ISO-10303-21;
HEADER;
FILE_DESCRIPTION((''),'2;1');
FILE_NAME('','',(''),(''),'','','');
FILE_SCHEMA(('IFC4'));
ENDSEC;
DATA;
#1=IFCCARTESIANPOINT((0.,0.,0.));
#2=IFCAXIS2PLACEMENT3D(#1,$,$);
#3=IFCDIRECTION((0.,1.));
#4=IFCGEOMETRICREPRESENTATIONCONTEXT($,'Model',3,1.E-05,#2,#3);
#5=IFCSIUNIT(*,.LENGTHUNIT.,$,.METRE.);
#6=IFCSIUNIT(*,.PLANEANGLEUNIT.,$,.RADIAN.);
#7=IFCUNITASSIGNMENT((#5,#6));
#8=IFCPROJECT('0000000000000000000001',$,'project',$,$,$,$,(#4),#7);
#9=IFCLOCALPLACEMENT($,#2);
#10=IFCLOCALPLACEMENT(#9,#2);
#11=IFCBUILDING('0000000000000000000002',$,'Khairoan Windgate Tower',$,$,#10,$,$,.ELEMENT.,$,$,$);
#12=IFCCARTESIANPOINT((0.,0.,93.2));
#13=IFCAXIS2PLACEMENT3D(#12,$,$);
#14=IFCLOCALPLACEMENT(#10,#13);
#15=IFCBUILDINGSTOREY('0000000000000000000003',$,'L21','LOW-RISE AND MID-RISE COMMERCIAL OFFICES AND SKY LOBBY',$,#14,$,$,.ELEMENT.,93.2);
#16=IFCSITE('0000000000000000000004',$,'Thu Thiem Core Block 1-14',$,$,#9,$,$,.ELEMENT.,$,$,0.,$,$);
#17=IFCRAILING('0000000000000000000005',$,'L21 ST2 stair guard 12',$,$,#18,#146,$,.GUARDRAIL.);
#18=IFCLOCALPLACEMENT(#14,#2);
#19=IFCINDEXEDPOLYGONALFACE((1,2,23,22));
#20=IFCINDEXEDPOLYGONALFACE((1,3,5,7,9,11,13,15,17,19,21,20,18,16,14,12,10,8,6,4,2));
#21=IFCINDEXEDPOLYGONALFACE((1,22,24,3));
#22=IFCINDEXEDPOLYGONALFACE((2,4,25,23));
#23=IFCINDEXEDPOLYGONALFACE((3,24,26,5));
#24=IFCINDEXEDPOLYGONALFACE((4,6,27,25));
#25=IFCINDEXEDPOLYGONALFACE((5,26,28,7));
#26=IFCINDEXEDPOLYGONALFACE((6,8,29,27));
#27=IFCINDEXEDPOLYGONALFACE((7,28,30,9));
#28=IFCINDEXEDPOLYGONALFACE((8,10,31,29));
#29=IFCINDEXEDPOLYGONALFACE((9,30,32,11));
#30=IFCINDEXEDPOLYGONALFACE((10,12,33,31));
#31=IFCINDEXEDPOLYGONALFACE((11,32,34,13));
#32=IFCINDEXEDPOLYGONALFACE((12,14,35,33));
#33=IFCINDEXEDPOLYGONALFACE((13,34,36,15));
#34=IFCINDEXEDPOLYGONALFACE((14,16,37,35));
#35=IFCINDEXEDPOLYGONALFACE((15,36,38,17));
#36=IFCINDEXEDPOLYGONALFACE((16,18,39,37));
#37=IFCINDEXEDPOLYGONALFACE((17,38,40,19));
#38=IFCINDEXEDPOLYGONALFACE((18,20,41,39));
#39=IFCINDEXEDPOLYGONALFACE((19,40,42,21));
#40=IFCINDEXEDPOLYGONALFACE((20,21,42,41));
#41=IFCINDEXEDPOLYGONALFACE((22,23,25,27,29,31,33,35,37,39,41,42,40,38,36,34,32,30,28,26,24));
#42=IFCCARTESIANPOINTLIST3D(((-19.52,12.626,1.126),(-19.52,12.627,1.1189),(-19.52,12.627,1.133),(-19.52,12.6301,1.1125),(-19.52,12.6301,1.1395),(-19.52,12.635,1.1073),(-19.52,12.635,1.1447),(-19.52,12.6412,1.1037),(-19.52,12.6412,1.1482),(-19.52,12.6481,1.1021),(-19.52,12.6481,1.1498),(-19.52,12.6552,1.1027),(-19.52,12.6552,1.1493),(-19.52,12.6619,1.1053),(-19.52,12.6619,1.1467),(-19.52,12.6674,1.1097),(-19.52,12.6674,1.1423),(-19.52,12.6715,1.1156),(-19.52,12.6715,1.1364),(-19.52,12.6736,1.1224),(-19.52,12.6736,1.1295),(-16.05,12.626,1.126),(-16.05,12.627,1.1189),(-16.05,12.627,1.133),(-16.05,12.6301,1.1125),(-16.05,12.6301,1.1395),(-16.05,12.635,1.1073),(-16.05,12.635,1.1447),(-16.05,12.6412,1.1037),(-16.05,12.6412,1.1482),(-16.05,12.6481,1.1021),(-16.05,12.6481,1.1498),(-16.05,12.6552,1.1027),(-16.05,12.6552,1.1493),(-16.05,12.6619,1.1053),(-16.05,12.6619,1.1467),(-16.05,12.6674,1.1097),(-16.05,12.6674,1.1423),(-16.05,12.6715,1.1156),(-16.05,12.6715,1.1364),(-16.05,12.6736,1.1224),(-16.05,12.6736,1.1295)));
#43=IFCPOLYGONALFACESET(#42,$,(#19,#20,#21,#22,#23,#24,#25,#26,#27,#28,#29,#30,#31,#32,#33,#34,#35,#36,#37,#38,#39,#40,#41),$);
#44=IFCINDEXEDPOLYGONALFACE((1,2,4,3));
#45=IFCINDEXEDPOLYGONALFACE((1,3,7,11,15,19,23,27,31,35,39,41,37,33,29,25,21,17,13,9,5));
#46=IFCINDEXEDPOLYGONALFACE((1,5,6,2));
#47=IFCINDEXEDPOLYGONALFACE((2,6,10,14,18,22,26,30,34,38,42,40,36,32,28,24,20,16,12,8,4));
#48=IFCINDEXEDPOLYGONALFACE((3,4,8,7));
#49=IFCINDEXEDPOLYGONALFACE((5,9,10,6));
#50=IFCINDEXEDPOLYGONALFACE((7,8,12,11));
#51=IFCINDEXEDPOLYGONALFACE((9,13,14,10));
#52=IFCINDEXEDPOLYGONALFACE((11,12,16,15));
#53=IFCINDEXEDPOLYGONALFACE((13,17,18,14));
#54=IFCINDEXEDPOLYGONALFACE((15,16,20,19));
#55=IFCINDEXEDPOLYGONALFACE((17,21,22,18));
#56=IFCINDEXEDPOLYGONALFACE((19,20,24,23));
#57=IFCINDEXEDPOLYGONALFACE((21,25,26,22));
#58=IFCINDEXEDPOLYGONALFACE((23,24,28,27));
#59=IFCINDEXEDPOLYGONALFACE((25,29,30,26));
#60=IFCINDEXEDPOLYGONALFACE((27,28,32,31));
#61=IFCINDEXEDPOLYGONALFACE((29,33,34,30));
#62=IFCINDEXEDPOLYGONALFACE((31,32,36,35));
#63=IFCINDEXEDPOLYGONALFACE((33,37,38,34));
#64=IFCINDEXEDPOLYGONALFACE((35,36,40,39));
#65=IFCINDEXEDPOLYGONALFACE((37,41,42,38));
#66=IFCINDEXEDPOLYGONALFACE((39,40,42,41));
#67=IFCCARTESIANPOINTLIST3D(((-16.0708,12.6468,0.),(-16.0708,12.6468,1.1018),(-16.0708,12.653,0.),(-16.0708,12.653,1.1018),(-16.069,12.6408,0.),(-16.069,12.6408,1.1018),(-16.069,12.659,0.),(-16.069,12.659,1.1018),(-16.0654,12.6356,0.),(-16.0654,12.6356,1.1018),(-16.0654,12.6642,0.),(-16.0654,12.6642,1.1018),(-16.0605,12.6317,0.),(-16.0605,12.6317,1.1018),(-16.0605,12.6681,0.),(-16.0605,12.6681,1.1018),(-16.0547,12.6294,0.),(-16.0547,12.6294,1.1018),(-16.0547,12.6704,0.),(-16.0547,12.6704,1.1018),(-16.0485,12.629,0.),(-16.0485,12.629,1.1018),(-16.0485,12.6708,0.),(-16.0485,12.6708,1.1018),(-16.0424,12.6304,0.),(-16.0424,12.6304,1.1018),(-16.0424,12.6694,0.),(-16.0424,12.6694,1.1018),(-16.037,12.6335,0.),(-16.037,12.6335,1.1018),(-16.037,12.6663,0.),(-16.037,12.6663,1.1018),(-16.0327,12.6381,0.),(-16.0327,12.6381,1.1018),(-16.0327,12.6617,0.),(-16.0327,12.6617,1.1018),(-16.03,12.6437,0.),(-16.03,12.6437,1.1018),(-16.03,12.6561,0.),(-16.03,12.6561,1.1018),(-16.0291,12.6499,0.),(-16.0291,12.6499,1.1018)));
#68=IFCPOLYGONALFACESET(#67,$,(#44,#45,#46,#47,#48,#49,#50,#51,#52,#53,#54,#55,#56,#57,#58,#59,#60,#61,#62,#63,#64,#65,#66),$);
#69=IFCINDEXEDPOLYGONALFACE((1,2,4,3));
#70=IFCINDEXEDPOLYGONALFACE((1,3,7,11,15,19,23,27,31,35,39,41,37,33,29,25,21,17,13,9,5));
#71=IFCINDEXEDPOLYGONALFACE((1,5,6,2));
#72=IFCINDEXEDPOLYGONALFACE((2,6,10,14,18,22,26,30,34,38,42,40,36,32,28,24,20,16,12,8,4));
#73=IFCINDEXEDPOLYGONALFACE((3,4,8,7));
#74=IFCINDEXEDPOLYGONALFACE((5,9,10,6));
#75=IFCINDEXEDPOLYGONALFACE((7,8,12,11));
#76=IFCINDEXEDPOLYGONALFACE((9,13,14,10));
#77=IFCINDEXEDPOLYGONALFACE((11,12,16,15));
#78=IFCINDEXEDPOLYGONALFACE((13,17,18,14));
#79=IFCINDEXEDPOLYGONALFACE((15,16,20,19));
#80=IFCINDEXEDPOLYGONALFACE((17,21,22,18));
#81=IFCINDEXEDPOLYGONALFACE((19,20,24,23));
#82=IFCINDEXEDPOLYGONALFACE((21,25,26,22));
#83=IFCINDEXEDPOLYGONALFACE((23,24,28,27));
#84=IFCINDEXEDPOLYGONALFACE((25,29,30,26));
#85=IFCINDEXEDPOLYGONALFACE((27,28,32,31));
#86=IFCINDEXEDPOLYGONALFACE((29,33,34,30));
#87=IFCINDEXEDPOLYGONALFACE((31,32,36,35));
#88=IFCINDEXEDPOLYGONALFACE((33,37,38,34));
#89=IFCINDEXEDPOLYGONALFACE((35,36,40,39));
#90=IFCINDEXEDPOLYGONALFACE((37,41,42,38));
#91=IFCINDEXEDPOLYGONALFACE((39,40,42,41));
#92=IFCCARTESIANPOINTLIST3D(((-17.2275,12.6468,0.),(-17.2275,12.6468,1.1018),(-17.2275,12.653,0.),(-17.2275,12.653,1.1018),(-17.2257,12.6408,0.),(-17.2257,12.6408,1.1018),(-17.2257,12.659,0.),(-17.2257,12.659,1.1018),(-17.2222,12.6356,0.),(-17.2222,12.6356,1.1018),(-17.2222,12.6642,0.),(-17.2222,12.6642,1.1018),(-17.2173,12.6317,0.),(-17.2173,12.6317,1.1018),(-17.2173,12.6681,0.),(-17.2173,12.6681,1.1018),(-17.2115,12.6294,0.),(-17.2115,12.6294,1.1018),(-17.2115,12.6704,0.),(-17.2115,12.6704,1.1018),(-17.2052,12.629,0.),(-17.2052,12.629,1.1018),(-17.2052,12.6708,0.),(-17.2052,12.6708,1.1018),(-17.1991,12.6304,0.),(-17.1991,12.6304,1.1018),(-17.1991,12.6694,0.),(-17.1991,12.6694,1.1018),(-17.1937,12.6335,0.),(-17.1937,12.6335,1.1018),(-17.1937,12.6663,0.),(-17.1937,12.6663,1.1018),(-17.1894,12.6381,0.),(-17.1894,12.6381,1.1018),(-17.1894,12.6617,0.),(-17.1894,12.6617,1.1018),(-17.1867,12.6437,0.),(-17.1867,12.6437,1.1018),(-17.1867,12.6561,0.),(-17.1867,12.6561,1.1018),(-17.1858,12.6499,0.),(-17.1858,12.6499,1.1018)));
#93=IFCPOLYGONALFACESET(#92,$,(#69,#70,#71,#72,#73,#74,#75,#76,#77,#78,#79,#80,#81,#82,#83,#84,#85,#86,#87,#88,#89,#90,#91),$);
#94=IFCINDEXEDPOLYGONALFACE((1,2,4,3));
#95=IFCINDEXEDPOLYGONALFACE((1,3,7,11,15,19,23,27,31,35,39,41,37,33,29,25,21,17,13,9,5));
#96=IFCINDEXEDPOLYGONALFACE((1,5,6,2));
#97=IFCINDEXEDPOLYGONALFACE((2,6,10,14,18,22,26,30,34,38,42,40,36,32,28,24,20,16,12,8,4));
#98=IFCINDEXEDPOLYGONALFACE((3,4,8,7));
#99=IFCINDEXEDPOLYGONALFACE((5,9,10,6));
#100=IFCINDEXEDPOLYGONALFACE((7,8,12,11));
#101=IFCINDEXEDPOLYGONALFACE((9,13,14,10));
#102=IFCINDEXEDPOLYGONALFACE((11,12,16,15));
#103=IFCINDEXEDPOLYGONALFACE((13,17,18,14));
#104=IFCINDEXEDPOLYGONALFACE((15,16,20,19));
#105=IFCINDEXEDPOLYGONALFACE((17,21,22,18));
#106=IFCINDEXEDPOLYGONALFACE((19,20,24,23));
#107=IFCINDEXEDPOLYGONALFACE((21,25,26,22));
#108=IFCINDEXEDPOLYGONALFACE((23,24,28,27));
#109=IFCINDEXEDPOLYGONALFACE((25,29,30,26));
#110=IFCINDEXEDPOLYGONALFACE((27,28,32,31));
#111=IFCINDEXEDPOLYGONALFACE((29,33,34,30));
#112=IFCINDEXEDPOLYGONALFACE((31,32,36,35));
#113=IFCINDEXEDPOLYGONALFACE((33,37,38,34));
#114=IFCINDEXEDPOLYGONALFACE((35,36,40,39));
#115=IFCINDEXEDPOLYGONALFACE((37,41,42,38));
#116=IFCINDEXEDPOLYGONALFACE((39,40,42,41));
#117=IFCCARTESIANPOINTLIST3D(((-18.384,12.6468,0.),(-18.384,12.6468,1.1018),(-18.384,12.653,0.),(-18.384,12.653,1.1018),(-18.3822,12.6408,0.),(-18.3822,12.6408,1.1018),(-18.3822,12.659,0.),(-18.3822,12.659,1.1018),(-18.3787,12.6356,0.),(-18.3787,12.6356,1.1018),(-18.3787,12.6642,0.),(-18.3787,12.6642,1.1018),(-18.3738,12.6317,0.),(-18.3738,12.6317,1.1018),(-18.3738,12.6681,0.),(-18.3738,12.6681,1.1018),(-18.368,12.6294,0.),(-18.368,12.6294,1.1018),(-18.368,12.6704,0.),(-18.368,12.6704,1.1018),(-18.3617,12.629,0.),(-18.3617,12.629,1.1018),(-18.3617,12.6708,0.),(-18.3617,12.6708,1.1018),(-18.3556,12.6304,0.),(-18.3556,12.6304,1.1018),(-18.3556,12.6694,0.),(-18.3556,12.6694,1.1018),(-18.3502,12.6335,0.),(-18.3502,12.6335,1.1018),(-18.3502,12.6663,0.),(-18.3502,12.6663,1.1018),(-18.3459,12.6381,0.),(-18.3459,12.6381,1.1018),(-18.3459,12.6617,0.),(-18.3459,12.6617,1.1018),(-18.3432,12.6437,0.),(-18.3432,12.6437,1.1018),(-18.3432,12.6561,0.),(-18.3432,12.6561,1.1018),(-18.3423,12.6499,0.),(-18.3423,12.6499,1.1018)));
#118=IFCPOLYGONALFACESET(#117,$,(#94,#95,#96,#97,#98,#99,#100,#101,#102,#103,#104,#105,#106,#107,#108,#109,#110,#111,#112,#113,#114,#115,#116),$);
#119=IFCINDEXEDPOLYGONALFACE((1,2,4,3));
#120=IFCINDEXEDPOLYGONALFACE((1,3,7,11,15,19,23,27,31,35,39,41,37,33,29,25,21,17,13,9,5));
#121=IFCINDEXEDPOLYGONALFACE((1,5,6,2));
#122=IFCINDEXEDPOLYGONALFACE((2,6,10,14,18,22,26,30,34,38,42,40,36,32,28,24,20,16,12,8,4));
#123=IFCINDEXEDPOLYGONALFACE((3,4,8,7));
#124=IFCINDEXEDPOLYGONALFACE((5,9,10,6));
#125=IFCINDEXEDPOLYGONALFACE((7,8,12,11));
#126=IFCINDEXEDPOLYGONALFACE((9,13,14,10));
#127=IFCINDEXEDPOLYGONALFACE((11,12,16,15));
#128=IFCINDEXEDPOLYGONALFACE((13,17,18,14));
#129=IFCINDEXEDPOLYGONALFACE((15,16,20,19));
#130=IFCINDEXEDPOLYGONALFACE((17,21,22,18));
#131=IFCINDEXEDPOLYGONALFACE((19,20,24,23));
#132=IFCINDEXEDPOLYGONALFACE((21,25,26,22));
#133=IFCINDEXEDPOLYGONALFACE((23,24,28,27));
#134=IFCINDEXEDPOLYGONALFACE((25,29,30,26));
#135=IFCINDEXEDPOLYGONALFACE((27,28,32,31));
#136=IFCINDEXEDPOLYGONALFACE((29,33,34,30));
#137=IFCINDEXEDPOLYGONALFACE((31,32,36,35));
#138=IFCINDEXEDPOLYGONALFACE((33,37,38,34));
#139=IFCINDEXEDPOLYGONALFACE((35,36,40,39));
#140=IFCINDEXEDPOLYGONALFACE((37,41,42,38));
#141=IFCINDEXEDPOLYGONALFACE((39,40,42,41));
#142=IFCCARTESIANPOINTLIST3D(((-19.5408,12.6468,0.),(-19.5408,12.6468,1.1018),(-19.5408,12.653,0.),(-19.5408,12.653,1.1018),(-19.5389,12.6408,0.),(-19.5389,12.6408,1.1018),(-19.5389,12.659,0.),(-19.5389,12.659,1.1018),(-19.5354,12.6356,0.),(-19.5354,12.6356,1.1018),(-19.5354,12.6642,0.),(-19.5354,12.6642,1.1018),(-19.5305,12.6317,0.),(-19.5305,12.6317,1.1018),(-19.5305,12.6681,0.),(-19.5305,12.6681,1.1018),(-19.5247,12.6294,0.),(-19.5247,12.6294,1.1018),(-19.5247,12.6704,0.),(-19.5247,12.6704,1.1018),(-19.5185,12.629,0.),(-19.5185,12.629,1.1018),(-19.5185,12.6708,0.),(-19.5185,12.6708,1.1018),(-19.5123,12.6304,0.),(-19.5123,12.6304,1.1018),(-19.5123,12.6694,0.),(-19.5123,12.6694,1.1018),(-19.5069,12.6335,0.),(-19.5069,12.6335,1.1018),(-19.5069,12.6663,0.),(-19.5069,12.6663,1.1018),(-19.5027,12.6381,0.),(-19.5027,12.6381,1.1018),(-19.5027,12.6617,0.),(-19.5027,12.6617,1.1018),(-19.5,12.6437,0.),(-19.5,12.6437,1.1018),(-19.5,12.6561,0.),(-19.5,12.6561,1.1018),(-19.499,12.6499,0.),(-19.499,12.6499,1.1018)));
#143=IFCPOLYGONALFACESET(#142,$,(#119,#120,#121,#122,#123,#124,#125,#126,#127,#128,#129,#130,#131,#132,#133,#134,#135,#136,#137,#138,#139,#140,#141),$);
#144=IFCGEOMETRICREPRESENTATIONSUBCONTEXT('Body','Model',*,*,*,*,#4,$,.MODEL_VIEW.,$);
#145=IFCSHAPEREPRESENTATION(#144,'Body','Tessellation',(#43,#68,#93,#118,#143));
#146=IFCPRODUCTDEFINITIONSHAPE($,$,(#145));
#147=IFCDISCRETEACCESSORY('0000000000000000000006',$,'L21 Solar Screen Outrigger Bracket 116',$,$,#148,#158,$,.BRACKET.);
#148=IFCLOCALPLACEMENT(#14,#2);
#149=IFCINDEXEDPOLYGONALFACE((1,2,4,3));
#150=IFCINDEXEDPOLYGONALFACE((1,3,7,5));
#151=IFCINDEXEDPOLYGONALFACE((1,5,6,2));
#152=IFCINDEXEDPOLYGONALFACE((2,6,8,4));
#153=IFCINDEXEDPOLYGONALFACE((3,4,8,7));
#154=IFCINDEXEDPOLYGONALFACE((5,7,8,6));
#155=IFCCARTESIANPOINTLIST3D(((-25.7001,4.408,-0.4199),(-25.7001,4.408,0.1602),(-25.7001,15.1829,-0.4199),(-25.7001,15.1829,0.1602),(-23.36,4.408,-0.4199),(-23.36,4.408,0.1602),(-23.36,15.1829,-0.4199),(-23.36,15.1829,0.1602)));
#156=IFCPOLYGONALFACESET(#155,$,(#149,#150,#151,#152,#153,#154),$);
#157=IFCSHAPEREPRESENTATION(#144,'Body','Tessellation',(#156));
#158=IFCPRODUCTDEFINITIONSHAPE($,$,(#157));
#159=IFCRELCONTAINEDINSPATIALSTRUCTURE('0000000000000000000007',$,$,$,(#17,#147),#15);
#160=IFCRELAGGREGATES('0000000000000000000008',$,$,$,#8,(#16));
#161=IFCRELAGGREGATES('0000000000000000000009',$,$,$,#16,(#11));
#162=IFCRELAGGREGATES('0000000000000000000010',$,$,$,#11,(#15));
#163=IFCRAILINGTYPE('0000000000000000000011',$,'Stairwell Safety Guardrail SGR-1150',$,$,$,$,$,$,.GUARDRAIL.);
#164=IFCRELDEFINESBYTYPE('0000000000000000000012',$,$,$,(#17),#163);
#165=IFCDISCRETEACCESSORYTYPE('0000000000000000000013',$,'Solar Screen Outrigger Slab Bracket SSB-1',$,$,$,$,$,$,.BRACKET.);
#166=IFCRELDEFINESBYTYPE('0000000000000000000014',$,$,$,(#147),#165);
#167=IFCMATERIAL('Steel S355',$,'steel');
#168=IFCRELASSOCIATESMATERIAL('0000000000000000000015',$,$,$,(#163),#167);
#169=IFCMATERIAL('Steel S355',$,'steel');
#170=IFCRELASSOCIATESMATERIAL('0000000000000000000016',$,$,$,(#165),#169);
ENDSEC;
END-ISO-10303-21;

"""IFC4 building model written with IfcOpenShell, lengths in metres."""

from ifc_helpers import new_model, si_unit, direction, frame, origin, origin_2d, place, context, subcontext, project, spatial, rectangle, circle, extrude, material, type_object, element, save


model = new_model("IFC4")

# Units and contexts
model_context = context("Model", 3, precision=1e-05, world=origin(), true_north=direction((0.0, 1.0)))
body_context = subcontext(model_context, "Body", "Model", "MODEL_VIEW")
ifc_project = project(units=[si_unit("LENGTHUNIT", "METRE"), si_unit("PLANEANGLEUNIT", "RADIAN")], contexts=[model_context])

# Site, building, storey
site_placement = place(None, origin())
site = spatial("IfcSite", under=ifc_project, at=site_placement, Name="Thu Thiem Core Block 1-14", CompositionType="ELEMENT", RefElevation=0.0)
building_placement = place(site_placement, origin())
building = spatial("IfcBuilding", under=site, at=building_placement, Name="Khairoan Windgate Tower", CompositionType="ELEMENT")
storey_placement = place(building_placement, frame((0.0, 0.0, 93.2)))
storey = spatial("IfcBuildingStorey", under=building, at=storey_placement, Name="L21", Description="LOW-RISE AND MID-RISE COMMERCIAL OFFICES AND SKY LOBBY", CompositionType="ELEMENT", Elevation=93.2)

# Railing
ifc_material_1 = material(Name="Steel S355", Category="steel")
railing_type = type_object("IfcRailingType", Name="Stairwell Safety Guardrail SGR-1150", PredefinedType="GUARDRAIL", material=ifc_material_1)
railing_1_placement = place(storey_placement, frame((-16.05, 12.6499, 0.0)))
element("IfcRailing", 1, at=railing_1_placement, inside=storey, type_object=railing_type, Name="L21 ST2 stair guard 12", PredefinedType="GUARDRAIL", context=body_context, shape_type="SweptSolid", body=[
    extrude(circle(Radius=0.0239, at=origin_2d()), frame((0.0, 0.0, 1.126), z_axis=(-1.0, 0.0, 0.0), x_axis=(0.0, -1.0, 0.0)), (0.0, 0.0, 1.0), 3.47),
    extrude(circle(Radius=0.021, at=origin_2d()), origin(), (0.0, 0.0, 1.0), 1.1018),
    extrude(circle(Radius=0.021, at=origin_2d()), frame((-1.1567, 0.0, 0.0)), (0.0, 0.0, 1.0), 1.1018),
    extrude(circle(Radius=0.021, at=origin_2d()), frame((-2.3132, 0.0, 0.0)), (0.0, 0.0, 1.0), 1.1018),
    extrude(circle(Radius=0.021, at=origin_2d()), frame((-3.47, 0.0, 0.0)), (0.0, 0.0, 1.0), 1.1018),
])

# Discrete accessory
ifc_material_2 = material(Name="Steel S355", Category="steel")
discrete_accessory_type = type_object("IfcDiscreteAccessoryType", Name="Solar Screen Outrigger Slab Bracket SSB-1", PredefinedType="BRACKET", material=ifc_material_2)
discrete_accessory_placement = place(storey_placement, frame((-24.53, 9.7954, -0.4199), z_axis=(0.0, 0.0, 1.0), x_axis=(0.0, 1.0, 0.0)))
element("IfcDiscreteAccessory", 2, at=discrete_accessory_placement, inside=storey, type_object=discrete_accessory_type, Name="L21 Solar Screen Outrigger Bracket 116", PredefinedType="BRACKET", context=body_context, shape_type="SweptSolid", body=[
    extrude(rectangle(XDim=10.7749, YDim=2.3401, at=origin_2d()), origin(), (0.0, 0.0, 1.0), 0.5801),
])

save(model, "model.ifc")
